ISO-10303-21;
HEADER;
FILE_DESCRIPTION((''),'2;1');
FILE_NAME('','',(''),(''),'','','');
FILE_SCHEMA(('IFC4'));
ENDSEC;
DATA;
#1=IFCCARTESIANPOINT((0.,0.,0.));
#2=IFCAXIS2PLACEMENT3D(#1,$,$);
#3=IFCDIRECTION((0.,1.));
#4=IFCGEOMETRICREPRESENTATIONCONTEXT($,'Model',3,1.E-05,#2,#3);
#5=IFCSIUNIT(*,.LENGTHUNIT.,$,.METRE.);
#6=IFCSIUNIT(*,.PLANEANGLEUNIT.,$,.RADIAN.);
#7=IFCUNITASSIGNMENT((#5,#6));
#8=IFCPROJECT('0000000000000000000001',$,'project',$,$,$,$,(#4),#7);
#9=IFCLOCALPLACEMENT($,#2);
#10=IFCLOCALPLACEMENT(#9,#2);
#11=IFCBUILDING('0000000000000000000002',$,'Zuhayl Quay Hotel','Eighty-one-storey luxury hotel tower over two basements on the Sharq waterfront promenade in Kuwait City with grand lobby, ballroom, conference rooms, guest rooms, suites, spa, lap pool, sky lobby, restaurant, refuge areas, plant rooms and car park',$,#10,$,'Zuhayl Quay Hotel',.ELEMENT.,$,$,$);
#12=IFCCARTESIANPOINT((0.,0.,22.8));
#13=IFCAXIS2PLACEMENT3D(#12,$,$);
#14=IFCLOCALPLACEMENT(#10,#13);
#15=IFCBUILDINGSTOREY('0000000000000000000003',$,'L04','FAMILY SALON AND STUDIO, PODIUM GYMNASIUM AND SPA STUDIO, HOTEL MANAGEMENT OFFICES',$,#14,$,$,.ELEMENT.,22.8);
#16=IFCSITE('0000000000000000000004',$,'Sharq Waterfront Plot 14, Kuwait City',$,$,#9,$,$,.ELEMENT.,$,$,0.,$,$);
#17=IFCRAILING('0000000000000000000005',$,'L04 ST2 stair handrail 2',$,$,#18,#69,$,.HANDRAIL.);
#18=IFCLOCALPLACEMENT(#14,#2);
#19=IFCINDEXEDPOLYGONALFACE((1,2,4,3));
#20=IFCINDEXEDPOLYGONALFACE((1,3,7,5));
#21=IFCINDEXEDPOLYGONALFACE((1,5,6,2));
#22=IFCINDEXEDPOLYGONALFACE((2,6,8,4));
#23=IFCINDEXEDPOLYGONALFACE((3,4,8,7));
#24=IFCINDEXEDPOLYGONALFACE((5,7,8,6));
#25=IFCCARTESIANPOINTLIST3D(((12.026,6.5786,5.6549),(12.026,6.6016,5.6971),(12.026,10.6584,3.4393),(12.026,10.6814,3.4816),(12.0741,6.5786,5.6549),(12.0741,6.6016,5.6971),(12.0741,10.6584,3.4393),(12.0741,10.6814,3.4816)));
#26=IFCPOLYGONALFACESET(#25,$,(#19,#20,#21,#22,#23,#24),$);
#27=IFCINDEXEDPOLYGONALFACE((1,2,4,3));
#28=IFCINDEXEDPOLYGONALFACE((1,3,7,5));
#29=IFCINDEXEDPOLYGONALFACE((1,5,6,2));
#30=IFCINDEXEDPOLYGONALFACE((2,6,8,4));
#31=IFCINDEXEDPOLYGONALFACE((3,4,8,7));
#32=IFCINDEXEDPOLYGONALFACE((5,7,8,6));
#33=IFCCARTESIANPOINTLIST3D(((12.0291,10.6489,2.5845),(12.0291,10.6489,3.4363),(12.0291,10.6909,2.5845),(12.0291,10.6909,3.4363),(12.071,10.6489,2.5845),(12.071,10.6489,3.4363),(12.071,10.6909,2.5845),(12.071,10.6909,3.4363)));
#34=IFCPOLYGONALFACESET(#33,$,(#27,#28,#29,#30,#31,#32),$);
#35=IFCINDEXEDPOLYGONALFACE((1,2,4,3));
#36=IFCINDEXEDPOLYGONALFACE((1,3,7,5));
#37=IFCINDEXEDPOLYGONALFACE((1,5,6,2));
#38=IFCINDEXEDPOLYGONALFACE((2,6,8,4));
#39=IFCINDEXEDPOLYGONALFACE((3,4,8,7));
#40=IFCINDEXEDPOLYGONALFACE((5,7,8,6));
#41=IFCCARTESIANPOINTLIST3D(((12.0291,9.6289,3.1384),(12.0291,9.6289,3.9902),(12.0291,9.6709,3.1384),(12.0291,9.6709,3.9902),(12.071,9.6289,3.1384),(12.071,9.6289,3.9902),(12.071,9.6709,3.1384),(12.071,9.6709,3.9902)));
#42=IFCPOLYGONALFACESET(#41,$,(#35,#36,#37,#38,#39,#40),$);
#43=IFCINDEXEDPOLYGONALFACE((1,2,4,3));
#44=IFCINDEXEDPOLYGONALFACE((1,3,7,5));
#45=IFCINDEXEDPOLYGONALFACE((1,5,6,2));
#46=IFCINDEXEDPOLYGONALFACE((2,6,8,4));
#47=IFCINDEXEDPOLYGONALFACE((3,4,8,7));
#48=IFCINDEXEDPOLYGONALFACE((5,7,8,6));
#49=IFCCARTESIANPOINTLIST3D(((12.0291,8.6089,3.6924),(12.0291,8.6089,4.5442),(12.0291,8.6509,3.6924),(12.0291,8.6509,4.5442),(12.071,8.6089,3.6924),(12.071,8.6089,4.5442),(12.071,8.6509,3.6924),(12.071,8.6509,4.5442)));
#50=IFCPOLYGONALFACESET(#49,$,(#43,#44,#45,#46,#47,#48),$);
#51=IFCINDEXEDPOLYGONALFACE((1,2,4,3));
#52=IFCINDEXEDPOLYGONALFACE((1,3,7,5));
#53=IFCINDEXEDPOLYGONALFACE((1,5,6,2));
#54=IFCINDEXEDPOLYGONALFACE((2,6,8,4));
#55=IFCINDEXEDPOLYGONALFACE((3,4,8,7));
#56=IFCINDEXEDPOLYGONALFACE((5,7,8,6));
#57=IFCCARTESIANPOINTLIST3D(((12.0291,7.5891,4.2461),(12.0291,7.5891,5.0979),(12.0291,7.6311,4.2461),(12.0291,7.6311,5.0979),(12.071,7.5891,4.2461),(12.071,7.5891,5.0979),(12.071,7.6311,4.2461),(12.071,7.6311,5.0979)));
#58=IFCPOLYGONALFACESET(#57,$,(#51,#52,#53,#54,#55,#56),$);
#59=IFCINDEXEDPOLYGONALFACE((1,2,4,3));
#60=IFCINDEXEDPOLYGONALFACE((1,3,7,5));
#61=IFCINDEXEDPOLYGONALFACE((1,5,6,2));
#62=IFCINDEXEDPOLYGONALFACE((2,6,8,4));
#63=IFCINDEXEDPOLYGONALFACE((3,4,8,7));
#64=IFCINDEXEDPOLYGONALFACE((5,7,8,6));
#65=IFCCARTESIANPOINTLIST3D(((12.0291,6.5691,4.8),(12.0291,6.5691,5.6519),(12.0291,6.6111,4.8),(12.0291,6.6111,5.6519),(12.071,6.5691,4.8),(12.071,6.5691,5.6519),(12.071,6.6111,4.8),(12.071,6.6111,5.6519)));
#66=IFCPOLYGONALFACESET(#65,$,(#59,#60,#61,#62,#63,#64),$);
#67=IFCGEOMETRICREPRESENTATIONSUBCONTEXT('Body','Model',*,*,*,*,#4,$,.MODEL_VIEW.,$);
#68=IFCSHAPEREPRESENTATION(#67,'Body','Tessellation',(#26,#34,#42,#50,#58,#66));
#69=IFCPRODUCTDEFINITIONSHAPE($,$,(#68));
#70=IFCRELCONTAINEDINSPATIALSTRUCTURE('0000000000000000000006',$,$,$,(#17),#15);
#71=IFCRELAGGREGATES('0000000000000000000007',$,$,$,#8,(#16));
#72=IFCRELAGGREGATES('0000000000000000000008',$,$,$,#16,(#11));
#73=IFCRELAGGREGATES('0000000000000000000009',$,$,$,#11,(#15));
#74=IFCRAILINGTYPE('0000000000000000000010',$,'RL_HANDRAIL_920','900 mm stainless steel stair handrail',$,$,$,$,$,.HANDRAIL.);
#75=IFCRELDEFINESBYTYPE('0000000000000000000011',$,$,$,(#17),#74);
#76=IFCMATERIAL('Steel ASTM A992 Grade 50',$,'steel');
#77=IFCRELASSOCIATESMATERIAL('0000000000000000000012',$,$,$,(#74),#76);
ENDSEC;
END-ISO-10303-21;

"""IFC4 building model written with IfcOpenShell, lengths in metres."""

from ifc_helpers import new_model, si_unit, direction, frame, origin, origin_2d, place, context, subcontext, project, spatial, rectangle, extrude, material, type_object, element, save


model = new_model("IFC4")

# Units and contexts
model_context = context("Model", 3, precision=1e-05, world=origin(), true_north=direction((0.0, 1.0)))
body_context = subcontext(model_context, "Body", "Model", "MODEL_VIEW")
ifc_project = project(units=[si_unit("LENGTHUNIT", "METRE"), si_unit("PLANEANGLEUNIT", "RADIAN")], contexts=[model_context])

# Site, building, storey
site_placement = place(None, origin())
site = spatial("IfcSite", under=ifc_project, at=site_placement, Name="Sharq Waterfront Plot 14, Kuwait City", CompositionType="ELEMENT", RefElevation=0.0)
building_placement = place(site_placement, origin())
building = spatial("IfcBuilding", under=site, at=building_placement, Name="Zuhayl Quay Hotel", Description="Eighty-one-storey luxury hotel tower over two basements on the Sharq waterfront promenade in Kuwait City with grand lobby, ballroom, conference rooms, guest rooms, suites, spa, lap pool, sky lobby, restaurant, refuge areas, plant rooms and car park", LongName="Zuhayl Quay Hotel", CompositionType="ELEMENT")
storey_placement = place(building_placement, frame((0.0, 0.0, 22.8)))
storey = spatial("IfcBuildingStorey", under=building, at=storey_placement, Name="L04", Description="FAMILY SALON AND STUDIO, PODIUM GYMNASIUM AND SPA STUDIO, HOTEL MANAGEMENT OFFICES", CompositionType="ELEMENT", Elevation=22.8)

# Shared definitions
ifc_material_1 = material(Name="Steel ASTM A992 Grade 50", Category="steel")

# Railing
railing_type = type_object("IfcRailingType", Name="RL_HANDRAIL_920", Description="900 mm stainless steel stair handrail", PredefinedType="HANDRAIL", material=ifc_material_1)
railing_placement = place(storey_placement, frame((12.05, 10.6699, 2.5845)))
element("IfcRailing", 1, at=railing_placement, inside=storey, type_object=railing_type, Name="L04 ST2 stair handrail 2", PredefinedType="HANDRAIL", context=body_context, shape_type="SweptSolid", body=[
    extrude(rectangle(XDim=0.0481, YDim=0.0481, at=origin_2d()), frame((0.0, 0.0, 0.876), z_axis=(0.0, -0.87878, 0.477226), x_axis=(1.0, 0.0, 0.0)), (0.0, 0.0, 1.0), 4.6426),
    extrude(rectangle(XDim=0.042, YDim=0.042, at=origin_2d()), origin(), (0.0, 0.0, 1.0), 0.8518),
    extrude(rectangle(XDim=0.042, YDim=0.042, at=origin_2d()), frame((0.0, -1.02, 0.554)), (0.0, 0.0, 1.0), 0.8518),
    extrude(rectangle(XDim=0.042, YDim=0.042, at=origin_2d()), frame((0.0, -2.04, 1.1079)), (0.0, 0.0, 1.0), 0.8518),
    extrude(rectangle(XDim=0.042, YDim=0.042, at=origin_2d()), frame((0.0, -3.0598, 1.6616)), (0.0, 0.0, 1.0), 0.8518),
    extrude(rectangle(XDim=0.042, YDim=0.042, at=origin_2d()), frame((0.0, -4.0798, 2.2156)), (0.0, 0.0, 1.0), 0.8518),
])

save(model, "model.ifc")
